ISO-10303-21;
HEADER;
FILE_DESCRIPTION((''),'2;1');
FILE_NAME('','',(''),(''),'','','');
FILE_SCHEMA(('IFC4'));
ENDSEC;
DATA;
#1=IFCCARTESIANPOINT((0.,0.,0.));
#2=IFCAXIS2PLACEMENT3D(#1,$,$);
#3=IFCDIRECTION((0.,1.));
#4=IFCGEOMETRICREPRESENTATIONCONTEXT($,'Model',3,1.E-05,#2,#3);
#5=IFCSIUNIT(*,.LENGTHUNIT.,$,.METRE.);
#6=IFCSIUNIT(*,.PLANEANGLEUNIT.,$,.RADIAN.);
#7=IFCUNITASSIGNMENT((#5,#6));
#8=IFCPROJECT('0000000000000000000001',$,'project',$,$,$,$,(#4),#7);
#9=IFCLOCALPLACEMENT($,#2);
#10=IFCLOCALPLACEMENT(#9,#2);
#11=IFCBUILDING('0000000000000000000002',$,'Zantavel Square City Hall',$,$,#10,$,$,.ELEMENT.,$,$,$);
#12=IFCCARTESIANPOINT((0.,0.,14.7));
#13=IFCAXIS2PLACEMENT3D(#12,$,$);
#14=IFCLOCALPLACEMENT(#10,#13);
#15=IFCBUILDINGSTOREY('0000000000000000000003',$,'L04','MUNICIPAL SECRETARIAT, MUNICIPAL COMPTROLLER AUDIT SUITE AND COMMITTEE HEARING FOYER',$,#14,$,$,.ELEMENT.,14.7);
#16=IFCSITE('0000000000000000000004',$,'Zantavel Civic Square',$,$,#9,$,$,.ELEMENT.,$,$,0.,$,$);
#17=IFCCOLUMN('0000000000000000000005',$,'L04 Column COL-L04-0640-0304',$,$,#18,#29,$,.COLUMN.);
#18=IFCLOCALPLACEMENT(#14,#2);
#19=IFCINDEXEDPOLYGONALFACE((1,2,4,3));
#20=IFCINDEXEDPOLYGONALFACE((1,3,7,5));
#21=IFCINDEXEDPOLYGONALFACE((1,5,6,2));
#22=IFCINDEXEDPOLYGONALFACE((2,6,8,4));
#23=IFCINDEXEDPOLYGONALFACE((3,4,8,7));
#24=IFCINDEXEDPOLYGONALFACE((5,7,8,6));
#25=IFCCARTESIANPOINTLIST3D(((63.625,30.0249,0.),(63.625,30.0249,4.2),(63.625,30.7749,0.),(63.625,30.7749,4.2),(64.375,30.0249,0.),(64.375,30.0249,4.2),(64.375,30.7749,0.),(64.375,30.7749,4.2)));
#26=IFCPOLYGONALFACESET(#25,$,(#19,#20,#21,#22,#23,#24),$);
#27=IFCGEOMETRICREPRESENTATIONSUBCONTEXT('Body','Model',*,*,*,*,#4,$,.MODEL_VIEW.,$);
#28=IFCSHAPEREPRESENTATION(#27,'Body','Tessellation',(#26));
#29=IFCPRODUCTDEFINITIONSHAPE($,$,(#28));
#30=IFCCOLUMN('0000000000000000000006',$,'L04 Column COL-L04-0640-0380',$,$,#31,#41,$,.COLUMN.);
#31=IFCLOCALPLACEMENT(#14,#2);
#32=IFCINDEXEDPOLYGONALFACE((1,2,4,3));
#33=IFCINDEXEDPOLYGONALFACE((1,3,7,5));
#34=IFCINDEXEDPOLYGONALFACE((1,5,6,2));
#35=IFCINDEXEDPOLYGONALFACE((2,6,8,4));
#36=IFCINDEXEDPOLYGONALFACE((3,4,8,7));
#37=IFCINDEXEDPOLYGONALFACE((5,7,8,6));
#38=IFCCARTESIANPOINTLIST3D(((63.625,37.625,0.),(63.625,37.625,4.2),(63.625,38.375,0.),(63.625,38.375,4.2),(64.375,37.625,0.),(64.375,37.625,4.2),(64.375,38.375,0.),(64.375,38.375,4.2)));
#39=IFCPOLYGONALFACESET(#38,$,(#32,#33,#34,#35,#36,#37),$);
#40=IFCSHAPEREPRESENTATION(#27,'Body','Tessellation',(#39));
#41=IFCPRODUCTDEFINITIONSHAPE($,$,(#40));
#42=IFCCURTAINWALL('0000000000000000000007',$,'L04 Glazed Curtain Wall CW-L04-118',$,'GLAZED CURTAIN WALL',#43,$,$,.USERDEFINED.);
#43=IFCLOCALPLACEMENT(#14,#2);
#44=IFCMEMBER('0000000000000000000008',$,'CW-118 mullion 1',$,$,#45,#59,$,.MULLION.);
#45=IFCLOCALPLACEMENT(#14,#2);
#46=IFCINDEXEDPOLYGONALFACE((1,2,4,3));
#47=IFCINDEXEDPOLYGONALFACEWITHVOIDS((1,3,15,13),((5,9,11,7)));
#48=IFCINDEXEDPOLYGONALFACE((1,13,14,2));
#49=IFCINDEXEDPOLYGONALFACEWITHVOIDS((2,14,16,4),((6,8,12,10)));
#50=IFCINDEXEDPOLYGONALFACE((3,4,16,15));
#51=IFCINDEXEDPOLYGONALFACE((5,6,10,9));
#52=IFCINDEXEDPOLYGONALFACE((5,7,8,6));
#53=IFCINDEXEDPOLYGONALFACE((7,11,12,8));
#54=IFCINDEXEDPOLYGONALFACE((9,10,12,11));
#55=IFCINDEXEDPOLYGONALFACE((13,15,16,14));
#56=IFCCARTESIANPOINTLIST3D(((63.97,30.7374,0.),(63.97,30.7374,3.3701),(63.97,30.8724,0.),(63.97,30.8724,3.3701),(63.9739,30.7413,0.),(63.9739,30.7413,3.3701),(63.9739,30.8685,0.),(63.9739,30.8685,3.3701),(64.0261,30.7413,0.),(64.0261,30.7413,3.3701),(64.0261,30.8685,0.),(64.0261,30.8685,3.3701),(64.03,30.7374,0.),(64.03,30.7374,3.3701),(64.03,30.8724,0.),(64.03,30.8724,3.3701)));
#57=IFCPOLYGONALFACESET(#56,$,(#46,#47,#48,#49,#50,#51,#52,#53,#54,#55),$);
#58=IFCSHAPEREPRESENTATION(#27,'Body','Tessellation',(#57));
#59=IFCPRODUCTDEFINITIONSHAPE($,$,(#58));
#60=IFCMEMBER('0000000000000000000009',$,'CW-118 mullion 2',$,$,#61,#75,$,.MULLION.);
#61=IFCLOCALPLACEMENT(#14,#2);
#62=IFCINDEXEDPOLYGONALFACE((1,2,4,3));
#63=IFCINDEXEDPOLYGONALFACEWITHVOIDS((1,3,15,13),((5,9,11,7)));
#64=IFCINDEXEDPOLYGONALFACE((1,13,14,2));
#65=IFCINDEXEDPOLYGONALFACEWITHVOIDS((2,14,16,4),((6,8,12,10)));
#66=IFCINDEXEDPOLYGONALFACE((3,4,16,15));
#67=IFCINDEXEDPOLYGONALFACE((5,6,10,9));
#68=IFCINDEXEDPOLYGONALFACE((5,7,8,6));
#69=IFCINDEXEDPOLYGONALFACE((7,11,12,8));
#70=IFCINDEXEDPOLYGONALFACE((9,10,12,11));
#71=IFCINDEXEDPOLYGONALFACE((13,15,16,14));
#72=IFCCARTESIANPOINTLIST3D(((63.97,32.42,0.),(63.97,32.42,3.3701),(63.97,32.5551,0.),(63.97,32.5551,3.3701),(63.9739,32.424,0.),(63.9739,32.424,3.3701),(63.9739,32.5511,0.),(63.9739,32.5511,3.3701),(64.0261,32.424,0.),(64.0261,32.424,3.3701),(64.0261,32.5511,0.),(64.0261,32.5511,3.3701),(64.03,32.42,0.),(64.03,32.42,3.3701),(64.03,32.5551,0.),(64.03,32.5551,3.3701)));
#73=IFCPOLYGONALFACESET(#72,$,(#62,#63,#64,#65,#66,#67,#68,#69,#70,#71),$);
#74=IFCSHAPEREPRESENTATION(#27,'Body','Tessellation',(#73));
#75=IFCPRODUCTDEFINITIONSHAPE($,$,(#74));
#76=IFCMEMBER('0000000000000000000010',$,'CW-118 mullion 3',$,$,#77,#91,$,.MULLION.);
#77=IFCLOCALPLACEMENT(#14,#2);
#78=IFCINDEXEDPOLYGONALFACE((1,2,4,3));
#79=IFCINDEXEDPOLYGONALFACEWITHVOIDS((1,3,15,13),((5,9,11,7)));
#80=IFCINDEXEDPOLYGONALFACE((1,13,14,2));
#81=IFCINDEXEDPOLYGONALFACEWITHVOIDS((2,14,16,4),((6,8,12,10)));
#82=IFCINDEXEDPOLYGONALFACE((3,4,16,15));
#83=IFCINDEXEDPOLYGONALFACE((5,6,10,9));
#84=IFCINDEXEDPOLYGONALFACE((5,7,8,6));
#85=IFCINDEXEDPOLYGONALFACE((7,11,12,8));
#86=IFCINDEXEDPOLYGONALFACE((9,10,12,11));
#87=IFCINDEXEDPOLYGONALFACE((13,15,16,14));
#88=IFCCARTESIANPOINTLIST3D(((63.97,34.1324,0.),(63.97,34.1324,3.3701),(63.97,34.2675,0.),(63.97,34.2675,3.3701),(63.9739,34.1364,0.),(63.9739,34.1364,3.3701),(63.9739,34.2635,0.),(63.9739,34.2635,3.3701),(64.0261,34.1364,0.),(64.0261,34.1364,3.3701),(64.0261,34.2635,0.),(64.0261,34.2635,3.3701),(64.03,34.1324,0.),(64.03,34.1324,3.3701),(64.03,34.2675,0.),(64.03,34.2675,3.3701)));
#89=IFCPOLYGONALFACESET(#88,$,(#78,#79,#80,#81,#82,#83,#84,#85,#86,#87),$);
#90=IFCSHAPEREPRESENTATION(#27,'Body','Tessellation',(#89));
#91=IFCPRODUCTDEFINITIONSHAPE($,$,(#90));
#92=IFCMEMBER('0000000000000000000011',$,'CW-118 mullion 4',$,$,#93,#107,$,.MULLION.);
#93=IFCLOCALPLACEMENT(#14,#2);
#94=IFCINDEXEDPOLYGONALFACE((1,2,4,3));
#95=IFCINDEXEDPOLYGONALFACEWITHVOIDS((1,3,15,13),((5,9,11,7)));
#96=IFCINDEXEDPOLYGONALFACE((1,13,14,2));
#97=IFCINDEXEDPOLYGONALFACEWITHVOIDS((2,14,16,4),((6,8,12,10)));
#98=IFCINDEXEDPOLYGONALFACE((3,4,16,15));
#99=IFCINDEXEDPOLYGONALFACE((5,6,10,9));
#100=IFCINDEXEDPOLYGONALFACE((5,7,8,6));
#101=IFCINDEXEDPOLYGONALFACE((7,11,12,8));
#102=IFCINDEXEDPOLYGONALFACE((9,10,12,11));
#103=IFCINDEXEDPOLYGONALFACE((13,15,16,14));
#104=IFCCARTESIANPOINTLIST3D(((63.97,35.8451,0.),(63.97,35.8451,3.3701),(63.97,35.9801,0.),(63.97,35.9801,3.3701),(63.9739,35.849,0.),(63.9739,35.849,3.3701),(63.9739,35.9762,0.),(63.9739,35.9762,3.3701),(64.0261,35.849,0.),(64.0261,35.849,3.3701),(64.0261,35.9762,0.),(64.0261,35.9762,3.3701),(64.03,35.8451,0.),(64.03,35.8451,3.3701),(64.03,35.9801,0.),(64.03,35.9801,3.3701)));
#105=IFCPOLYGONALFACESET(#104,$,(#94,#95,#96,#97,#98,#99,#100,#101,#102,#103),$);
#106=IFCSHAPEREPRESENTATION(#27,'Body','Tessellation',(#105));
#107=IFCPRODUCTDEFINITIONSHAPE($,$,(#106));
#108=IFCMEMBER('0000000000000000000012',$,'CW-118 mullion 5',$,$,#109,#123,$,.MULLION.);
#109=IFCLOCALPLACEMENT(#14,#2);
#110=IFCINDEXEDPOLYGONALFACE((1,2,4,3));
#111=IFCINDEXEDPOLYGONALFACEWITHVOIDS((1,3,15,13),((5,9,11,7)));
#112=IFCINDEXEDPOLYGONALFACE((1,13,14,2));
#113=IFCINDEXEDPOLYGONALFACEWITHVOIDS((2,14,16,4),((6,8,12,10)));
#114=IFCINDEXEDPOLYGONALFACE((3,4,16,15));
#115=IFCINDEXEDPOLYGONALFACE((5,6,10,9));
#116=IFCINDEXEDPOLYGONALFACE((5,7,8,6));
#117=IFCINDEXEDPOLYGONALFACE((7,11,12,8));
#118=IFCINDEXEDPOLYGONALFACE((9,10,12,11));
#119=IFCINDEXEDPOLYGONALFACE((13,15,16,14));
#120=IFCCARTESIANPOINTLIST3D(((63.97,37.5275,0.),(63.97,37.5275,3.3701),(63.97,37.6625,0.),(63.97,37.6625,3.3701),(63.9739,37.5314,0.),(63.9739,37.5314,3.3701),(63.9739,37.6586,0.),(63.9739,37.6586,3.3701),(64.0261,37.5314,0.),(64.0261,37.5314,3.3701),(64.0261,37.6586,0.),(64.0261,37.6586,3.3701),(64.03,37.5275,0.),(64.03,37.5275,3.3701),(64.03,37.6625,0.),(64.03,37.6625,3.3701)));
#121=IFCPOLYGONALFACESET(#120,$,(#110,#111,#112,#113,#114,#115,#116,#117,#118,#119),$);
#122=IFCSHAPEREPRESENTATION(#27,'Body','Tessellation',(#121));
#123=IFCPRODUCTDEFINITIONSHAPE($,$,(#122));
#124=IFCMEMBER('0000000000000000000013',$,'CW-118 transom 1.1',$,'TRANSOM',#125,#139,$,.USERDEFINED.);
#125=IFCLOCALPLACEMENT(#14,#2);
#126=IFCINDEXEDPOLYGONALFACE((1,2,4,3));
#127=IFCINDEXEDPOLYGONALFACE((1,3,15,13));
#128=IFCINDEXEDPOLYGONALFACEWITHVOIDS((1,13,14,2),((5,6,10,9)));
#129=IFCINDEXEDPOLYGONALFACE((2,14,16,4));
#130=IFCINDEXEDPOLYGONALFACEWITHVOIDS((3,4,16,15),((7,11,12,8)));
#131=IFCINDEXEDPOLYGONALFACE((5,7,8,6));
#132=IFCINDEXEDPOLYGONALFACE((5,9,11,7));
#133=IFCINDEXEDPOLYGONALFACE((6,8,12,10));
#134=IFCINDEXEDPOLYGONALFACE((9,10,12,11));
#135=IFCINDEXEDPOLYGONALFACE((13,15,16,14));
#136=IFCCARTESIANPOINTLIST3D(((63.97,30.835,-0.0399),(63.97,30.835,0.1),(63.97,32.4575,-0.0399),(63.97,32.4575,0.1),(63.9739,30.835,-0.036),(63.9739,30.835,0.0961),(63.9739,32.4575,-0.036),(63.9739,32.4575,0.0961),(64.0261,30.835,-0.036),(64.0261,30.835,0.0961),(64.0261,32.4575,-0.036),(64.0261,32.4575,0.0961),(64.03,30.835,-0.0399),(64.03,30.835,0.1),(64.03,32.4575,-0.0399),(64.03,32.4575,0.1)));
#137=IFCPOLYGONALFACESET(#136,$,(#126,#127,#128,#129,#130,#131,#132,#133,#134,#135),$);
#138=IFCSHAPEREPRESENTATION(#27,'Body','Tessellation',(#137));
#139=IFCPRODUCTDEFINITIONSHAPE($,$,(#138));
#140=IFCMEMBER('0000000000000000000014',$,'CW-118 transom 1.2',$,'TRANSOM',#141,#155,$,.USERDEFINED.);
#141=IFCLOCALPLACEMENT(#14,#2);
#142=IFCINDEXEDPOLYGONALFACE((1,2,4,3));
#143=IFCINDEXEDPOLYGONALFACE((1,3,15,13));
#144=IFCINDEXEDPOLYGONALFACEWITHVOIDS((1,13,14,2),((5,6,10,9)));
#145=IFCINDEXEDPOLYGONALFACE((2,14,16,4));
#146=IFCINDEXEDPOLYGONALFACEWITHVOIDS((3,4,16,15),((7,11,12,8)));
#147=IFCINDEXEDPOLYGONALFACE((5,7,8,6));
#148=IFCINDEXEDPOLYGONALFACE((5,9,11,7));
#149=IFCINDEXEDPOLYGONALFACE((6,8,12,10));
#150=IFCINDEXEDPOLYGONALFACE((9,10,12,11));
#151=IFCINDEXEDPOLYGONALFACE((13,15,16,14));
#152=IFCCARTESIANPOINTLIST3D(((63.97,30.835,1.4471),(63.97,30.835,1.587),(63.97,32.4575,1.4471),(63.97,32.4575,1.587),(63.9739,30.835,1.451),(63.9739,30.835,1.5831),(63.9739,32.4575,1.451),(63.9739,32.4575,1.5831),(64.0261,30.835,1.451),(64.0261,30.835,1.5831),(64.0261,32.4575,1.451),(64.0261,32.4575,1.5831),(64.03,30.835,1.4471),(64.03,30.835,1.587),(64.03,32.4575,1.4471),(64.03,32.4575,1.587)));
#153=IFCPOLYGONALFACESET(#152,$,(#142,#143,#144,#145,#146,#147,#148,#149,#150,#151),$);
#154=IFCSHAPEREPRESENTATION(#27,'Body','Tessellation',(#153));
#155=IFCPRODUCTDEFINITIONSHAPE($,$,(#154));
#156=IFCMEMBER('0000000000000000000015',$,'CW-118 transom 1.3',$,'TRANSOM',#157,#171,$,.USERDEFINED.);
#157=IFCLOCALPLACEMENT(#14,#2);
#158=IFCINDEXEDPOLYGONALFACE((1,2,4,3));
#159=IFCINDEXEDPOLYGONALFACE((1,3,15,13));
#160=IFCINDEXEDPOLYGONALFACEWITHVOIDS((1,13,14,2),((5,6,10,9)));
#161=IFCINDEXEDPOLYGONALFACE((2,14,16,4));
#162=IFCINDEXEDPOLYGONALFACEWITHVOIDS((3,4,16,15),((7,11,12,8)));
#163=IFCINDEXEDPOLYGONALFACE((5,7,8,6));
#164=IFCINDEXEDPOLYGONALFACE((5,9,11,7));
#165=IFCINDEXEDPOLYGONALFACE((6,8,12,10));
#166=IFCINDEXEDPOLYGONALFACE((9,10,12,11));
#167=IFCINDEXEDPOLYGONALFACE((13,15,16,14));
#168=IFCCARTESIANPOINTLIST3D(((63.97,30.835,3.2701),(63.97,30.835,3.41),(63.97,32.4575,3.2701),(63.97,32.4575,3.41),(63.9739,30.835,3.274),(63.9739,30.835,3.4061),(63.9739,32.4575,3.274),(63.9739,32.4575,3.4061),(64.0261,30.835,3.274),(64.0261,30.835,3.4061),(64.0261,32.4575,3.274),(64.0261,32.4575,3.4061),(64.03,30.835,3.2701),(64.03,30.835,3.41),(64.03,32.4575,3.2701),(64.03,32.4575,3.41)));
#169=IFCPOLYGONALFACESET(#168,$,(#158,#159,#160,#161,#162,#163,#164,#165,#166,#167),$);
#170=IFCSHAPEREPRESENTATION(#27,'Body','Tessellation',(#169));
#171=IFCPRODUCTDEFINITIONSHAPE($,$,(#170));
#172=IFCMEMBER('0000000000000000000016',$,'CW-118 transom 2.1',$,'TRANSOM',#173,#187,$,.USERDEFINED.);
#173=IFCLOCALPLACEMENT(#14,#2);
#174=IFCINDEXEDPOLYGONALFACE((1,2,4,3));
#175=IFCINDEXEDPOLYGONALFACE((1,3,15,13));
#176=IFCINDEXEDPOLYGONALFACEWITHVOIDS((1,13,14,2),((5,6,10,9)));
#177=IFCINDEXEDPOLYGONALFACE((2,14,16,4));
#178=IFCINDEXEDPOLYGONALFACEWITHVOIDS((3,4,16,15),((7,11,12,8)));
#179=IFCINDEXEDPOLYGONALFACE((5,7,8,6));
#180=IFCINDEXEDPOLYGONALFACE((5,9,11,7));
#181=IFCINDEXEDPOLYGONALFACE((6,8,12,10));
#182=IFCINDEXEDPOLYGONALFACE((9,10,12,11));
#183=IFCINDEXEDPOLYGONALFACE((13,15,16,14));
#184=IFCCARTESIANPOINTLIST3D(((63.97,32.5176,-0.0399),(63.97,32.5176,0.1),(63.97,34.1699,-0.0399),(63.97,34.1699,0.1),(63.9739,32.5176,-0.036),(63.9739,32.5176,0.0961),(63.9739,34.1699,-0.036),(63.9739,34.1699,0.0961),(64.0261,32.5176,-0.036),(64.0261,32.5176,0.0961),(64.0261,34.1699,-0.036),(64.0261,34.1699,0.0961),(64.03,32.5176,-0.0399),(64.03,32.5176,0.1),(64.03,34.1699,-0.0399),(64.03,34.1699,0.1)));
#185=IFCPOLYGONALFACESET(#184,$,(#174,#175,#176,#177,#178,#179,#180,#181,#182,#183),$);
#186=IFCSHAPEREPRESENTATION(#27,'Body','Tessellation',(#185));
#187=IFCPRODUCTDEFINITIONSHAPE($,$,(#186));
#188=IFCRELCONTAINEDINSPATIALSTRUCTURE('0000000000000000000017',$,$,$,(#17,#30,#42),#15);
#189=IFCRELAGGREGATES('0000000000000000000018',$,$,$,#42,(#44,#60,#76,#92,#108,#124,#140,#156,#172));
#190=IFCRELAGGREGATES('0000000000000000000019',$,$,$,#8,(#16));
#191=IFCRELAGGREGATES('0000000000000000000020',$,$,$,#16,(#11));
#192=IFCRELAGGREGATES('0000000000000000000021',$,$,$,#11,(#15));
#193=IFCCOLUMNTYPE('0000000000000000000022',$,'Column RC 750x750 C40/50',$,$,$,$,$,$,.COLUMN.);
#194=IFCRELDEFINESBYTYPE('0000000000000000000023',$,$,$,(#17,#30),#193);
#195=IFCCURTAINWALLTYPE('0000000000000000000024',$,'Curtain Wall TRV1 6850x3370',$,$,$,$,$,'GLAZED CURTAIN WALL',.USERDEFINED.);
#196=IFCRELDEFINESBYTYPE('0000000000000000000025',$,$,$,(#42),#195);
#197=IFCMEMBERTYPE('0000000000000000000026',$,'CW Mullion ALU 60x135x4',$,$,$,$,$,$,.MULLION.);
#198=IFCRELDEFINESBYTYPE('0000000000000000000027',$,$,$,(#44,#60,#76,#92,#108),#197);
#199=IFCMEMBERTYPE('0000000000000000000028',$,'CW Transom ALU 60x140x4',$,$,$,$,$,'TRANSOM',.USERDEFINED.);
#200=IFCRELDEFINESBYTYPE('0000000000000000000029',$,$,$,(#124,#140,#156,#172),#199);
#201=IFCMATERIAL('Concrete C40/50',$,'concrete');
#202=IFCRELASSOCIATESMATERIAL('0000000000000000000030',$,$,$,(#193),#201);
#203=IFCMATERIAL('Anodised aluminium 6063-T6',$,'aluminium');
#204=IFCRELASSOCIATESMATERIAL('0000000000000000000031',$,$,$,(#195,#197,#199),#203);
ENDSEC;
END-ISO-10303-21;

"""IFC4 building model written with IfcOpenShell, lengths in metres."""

from ifc_helpers import new_model, si_unit, direction, frame, origin, origin_2d, place, context, subcontext, project, spatial, rectangle, hollow_rectangle, extrude, material, material_profile, profile_set, type_object, element, aggregate, save


model = new_model("IFC4")

# Units and contexts
model_context = context("Model", 3, precision=1e-05, world=origin(), true_north=direction((0.0, 1.0)))
body_context = subcontext(model_context, "Body", "Model", "MODEL_VIEW")
ifc_project = project(units=[si_unit("LENGTHUNIT", "METRE"), si_unit("PLANEANGLEUNIT", "RADIAN")], contexts=[model_context])

# Site, building, storey
site_placement = place(None, origin())
site = spatial("IfcSite", under=ifc_project, at=site_placement, Name="Zantavel Civic Square", CompositionType="ELEMENT", RefElevation=0.0)
building_placement = place(site_placement, origin())
building = spatial("IfcBuilding", under=site, at=building_placement, Name="Zantavel Square City Hall", CompositionType="ELEMENT")
storey_placement = place(building_placement, frame((0.0, 0.0, 14.7)))
storey = spatial("IfcBuildingStorey", under=building, at=storey_placement, Name="L04", Description="MUNICIPAL SECRETARIAT, MUNICIPAL COMPTROLLER AUDIT SUITE AND COMMITTEE HEARING FOYER", CompositionType="ELEMENT", Elevation=14.7)

# Columns
ifc_material_1 = material(Name="Concrete C40/50", Category="concrete")
ifc_material_profile_1 = material_profile(ifc_material_1, rectangle(XDim=0.75, YDim=0.75, at=origin_2d()), Name="RC 750x750")
ifc_profile_set_1 = profile_set([ifc_material_profile_1], Name="Concrete C40/50")
column_type = type_object("IfcColumnType", Name="Column RC 750x750 C40/50", PredefinedType="COLUMN", material=ifc_profile_set_1)
for number, where, z_axis, x_axis, name in (
    (1, (64.0, 30.3999, 0.0), (0.0, 0.0, 1.0), (1.0, 0.0, 0.0), "L04 Column COL-L04-0640-0304"),
    (2, (64.0, 38.0, 0.0), (0.0, 0.0, 1.0), (1.0, 0.0, 0.0), "L04 Column COL-L04-0640-0380"),
):
    element("IfcColumn", number, at=place(storey_placement, frame(where, z_axis=z_axis, x_axis=x_axis)), inside=storey, type_object=column_type, Name=name, PredefinedType="COLUMN", context=body_context, shape_type="SweptSolid", body=[
        extrude(rectangle(XDim=0.75, YDim=0.75, at=origin_2d()), origin(), (0.0, 0.0, 1.0), 4.2),
    ])

# Curtain wall, members
ifc_material_2 = material(Name="Anodised aluminium 6063-T6", Category="aluminium")
curtain_wall_type = type_object("IfcCurtainWallType", Name="Curtain Wall TRV1 6850x3370", ElementType="GLAZED CURTAIN WALL", PredefinedType="USERDEFINED", material=ifc_material_2)
curtain_wall_placement = place(storey_placement, origin())
curtain_wall = element("IfcCurtainWall", 3, at=curtain_wall_placement, inside=storey, type_object=curtain_wall_type, Name="L04 Glazed Curtain Wall CW-L04-118", ObjectType="GLAZED CURTAIN WALL", PredefinedType="USERDEFINED")
ifc_material_profile_2 = material_profile(ifc_material_2, hollow_rectangle(XDim=0.0601, YDim=0.135, WallThickness=0.0039, at=origin_2d()), Name="ALU 60x135x4")
ifc_profile_set_2 = profile_set([ifc_material_profile_2], Name="Anodised aluminium 6063-T6")
member_type_1 = type_object("IfcMemberType", Name="CW Mullion ALU 60x135x4", PredefinedType="MULLION", material=ifc_profile_set_2)
member_1_placement = place(storey_placement, frame((64.0, 30.8049, 0.0), z_axis=(0.0, 0.0, 1.0), x_axis=(-1.0, 0.0, 0.0)))
member_1 = element("IfcMember", 4, at=member_1_placement, type_object=member_type_1, Name="CW-118 mullion 1", PredefinedType="MULLION", context=body_context, shape_type="SweptSolid", body=[
    extrude(hollow_rectangle(XDim=0.0601, YDim=0.135, WallThickness=0.0039, at=origin_2d()), origin(), (0.0, 0.0, 1.0), 3.3701),
])
member_2_placement = place(storey_placement, frame((64.0, 32.4875, 0.0), z_axis=(0.0, 0.0, 1.0), x_axis=(-1.0, 0.0, 0.0)))
member_2 = element("IfcMember", 5, at=member_2_placement, type_object=member_type_1, Name="CW-118 mullion 2", PredefinedType="MULLION", context=body_context, shape_type="SweptSolid", body=[
    extrude(hollow_rectangle(XDim=0.0601, YDim=0.135, WallThickness=0.0039, at=origin_2d()), origin(), (0.0, 0.0, 1.0), 3.3701),
])
member_3_placement = place(storey_placement, frame((64.0, 34.2, 0.0), z_axis=(0.0, 0.0, 1.0), x_axis=(-1.0, 0.0, 0.0)))
member_3 = element("IfcMember", 6, at=member_3_placement, type_object=member_type_1, Name="CW-118 mullion 3", PredefinedType="MULLION", context=body_context, shape_type="SweptSolid", body=[
    extrude(hollow_rectangle(XDim=0.0601, YDim=0.135, WallThickness=0.0039, at=origin_2d()), origin(), (0.0, 0.0, 1.0), 3.3701),
])
member_4_placement = place(storey_placement, frame((64.0, 35.9126, 0.0), z_axis=(0.0, 0.0, 1.0), x_axis=(-1.0, 0.0, 0.0)))
member_4 = element("IfcMember", 7, at=member_4_placement, type_object=member_type_1, Name="CW-118 mullion 4", PredefinedType="MULLION", context=body_context, shape_type="SweptSolid", body=[
    extrude(hollow_rectangle(XDim=0.0601, YDim=0.135, WallThickness=0.0039, at=origin_2d()), origin(), (0.0, 0.0, 1.0), 3.3701),
])
member_5_placement = place(storey_placement, frame((64.0, 37.595, 0.0), z_axis=(0.0, 0.0, 1.0), x_axis=(-1.0, 0.0, 0.0)))
member_5 = element("IfcMember", 8, at=member_5_placement, type_object=member_type_1, Name="CW-118 mullion 5", PredefinedType="MULLION", context=body_context, shape_type="SweptSolid", body=[
    extrude(hollow_rectangle(XDim=0.0601, YDim=0.135, WallThickness=0.0039, at=origin_2d()), origin(), (0.0, 0.0, 1.0), 3.3701),
])
ifc_material_profile_3 = material_profile(ifc_material_2, hollow_rectangle(XDim=0.0601, YDim=0.1399, WallThickness=0.0039, at=origin_2d()), Name="ALU 60x140x4")
ifc_profile_set_3 = profile_set([ifc_material_profile_3], Name="Anodised aluminium 6063-T6")
member_type_2 = type_object("IfcMemberType", Name="CW Transom ALU 60x140x4", ElementType="TRANSOM", PredefinedType="USERDEFINED", material=ifc_profile_set_3)
member_6_placement = place(storey_placement, frame((64.0, 30.835, 0.03), z_axis=(0.0, 1.0, 0.0), x_axis=(-1.0, 0.0, 0.0)))
member_6 = element("IfcMember", 9, at=member_6_placement, type_object=member_type_2, Name="CW-118 transom 1.1", ObjectType="TRANSOM", PredefinedType="USERDEFINED", context=body_context, shape_type="SweptSolid", body=[
    extrude(hollow_rectangle(XDim=0.0601, YDim=0.1399, WallThickness=0.0039, at=origin_2d()), origin(), (0.0, 0.0, 1.0), 1.6226),
])
member_7_placement = place(storey_placement, frame((64.0, 30.835, 1.5171), z_axis=(0.0, 1.0, 0.0), x_axis=(-1.0, 0.0, 0.0)))
member_7 = element("IfcMember", 10, at=member_7_placement, type_object=member_type_2, Name="CW-118 transom 1.2", ObjectType="TRANSOM", PredefinedType="USERDEFINED", context=body_context, shape_type="SweptSolid", body=[
    extrude(hollow_rectangle(XDim=0.0601, YDim=0.1399, WallThickness=0.0039, at=origin_2d()), origin(), (0.0, 0.0, 1.0), 1.6226),
])
member_8_placement = place(storey_placement, frame((64.0, 30.835, 3.3401), z_axis=(0.0, 1.0, 0.0), x_axis=(-1.0, 0.0, 0.0)))
member_8 = element("IfcMember", 11, at=member_8_placement, type_object=member_type_2, Name="CW-118 transom 1.3", ObjectType="TRANSOM", PredefinedType="USERDEFINED", context=body_context, shape_type="SweptSolid", body=[
    extrude(hollow_rectangle(XDim=0.0601, YDim=0.1399, WallThickness=0.0039, at=origin_2d()), origin(), (0.0, 0.0, 1.0), 1.6226),
])
member_9_placement = place(storey_placement, frame((64.0, 32.5176, 0.03), z_axis=(0.0, 1.0, 0.0), x_axis=(-1.0, 0.0, 0.0)))
member_9 = element("IfcMember", 12, at=member_9_placement, type_object=member_type_2, Name="CW-118 transom 2.1", ObjectType="TRANSOM", PredefinedType="USERDEFINED", context=body_context, shape_type="SweptSolid", body=[
    extrude(hollow_rectangle(XDim=0.0601, YDim=0.1399, WallThickness=0.0039, at=origin_2d()), origin(), (0.0, 0.0, 1.0), 1.6523),
])

aggregate(curtain_wall, [member_1, member_2, member_3, member_4, member_5, member_6, member_7, member_8, member_9])

save(model, "model.ifc")
